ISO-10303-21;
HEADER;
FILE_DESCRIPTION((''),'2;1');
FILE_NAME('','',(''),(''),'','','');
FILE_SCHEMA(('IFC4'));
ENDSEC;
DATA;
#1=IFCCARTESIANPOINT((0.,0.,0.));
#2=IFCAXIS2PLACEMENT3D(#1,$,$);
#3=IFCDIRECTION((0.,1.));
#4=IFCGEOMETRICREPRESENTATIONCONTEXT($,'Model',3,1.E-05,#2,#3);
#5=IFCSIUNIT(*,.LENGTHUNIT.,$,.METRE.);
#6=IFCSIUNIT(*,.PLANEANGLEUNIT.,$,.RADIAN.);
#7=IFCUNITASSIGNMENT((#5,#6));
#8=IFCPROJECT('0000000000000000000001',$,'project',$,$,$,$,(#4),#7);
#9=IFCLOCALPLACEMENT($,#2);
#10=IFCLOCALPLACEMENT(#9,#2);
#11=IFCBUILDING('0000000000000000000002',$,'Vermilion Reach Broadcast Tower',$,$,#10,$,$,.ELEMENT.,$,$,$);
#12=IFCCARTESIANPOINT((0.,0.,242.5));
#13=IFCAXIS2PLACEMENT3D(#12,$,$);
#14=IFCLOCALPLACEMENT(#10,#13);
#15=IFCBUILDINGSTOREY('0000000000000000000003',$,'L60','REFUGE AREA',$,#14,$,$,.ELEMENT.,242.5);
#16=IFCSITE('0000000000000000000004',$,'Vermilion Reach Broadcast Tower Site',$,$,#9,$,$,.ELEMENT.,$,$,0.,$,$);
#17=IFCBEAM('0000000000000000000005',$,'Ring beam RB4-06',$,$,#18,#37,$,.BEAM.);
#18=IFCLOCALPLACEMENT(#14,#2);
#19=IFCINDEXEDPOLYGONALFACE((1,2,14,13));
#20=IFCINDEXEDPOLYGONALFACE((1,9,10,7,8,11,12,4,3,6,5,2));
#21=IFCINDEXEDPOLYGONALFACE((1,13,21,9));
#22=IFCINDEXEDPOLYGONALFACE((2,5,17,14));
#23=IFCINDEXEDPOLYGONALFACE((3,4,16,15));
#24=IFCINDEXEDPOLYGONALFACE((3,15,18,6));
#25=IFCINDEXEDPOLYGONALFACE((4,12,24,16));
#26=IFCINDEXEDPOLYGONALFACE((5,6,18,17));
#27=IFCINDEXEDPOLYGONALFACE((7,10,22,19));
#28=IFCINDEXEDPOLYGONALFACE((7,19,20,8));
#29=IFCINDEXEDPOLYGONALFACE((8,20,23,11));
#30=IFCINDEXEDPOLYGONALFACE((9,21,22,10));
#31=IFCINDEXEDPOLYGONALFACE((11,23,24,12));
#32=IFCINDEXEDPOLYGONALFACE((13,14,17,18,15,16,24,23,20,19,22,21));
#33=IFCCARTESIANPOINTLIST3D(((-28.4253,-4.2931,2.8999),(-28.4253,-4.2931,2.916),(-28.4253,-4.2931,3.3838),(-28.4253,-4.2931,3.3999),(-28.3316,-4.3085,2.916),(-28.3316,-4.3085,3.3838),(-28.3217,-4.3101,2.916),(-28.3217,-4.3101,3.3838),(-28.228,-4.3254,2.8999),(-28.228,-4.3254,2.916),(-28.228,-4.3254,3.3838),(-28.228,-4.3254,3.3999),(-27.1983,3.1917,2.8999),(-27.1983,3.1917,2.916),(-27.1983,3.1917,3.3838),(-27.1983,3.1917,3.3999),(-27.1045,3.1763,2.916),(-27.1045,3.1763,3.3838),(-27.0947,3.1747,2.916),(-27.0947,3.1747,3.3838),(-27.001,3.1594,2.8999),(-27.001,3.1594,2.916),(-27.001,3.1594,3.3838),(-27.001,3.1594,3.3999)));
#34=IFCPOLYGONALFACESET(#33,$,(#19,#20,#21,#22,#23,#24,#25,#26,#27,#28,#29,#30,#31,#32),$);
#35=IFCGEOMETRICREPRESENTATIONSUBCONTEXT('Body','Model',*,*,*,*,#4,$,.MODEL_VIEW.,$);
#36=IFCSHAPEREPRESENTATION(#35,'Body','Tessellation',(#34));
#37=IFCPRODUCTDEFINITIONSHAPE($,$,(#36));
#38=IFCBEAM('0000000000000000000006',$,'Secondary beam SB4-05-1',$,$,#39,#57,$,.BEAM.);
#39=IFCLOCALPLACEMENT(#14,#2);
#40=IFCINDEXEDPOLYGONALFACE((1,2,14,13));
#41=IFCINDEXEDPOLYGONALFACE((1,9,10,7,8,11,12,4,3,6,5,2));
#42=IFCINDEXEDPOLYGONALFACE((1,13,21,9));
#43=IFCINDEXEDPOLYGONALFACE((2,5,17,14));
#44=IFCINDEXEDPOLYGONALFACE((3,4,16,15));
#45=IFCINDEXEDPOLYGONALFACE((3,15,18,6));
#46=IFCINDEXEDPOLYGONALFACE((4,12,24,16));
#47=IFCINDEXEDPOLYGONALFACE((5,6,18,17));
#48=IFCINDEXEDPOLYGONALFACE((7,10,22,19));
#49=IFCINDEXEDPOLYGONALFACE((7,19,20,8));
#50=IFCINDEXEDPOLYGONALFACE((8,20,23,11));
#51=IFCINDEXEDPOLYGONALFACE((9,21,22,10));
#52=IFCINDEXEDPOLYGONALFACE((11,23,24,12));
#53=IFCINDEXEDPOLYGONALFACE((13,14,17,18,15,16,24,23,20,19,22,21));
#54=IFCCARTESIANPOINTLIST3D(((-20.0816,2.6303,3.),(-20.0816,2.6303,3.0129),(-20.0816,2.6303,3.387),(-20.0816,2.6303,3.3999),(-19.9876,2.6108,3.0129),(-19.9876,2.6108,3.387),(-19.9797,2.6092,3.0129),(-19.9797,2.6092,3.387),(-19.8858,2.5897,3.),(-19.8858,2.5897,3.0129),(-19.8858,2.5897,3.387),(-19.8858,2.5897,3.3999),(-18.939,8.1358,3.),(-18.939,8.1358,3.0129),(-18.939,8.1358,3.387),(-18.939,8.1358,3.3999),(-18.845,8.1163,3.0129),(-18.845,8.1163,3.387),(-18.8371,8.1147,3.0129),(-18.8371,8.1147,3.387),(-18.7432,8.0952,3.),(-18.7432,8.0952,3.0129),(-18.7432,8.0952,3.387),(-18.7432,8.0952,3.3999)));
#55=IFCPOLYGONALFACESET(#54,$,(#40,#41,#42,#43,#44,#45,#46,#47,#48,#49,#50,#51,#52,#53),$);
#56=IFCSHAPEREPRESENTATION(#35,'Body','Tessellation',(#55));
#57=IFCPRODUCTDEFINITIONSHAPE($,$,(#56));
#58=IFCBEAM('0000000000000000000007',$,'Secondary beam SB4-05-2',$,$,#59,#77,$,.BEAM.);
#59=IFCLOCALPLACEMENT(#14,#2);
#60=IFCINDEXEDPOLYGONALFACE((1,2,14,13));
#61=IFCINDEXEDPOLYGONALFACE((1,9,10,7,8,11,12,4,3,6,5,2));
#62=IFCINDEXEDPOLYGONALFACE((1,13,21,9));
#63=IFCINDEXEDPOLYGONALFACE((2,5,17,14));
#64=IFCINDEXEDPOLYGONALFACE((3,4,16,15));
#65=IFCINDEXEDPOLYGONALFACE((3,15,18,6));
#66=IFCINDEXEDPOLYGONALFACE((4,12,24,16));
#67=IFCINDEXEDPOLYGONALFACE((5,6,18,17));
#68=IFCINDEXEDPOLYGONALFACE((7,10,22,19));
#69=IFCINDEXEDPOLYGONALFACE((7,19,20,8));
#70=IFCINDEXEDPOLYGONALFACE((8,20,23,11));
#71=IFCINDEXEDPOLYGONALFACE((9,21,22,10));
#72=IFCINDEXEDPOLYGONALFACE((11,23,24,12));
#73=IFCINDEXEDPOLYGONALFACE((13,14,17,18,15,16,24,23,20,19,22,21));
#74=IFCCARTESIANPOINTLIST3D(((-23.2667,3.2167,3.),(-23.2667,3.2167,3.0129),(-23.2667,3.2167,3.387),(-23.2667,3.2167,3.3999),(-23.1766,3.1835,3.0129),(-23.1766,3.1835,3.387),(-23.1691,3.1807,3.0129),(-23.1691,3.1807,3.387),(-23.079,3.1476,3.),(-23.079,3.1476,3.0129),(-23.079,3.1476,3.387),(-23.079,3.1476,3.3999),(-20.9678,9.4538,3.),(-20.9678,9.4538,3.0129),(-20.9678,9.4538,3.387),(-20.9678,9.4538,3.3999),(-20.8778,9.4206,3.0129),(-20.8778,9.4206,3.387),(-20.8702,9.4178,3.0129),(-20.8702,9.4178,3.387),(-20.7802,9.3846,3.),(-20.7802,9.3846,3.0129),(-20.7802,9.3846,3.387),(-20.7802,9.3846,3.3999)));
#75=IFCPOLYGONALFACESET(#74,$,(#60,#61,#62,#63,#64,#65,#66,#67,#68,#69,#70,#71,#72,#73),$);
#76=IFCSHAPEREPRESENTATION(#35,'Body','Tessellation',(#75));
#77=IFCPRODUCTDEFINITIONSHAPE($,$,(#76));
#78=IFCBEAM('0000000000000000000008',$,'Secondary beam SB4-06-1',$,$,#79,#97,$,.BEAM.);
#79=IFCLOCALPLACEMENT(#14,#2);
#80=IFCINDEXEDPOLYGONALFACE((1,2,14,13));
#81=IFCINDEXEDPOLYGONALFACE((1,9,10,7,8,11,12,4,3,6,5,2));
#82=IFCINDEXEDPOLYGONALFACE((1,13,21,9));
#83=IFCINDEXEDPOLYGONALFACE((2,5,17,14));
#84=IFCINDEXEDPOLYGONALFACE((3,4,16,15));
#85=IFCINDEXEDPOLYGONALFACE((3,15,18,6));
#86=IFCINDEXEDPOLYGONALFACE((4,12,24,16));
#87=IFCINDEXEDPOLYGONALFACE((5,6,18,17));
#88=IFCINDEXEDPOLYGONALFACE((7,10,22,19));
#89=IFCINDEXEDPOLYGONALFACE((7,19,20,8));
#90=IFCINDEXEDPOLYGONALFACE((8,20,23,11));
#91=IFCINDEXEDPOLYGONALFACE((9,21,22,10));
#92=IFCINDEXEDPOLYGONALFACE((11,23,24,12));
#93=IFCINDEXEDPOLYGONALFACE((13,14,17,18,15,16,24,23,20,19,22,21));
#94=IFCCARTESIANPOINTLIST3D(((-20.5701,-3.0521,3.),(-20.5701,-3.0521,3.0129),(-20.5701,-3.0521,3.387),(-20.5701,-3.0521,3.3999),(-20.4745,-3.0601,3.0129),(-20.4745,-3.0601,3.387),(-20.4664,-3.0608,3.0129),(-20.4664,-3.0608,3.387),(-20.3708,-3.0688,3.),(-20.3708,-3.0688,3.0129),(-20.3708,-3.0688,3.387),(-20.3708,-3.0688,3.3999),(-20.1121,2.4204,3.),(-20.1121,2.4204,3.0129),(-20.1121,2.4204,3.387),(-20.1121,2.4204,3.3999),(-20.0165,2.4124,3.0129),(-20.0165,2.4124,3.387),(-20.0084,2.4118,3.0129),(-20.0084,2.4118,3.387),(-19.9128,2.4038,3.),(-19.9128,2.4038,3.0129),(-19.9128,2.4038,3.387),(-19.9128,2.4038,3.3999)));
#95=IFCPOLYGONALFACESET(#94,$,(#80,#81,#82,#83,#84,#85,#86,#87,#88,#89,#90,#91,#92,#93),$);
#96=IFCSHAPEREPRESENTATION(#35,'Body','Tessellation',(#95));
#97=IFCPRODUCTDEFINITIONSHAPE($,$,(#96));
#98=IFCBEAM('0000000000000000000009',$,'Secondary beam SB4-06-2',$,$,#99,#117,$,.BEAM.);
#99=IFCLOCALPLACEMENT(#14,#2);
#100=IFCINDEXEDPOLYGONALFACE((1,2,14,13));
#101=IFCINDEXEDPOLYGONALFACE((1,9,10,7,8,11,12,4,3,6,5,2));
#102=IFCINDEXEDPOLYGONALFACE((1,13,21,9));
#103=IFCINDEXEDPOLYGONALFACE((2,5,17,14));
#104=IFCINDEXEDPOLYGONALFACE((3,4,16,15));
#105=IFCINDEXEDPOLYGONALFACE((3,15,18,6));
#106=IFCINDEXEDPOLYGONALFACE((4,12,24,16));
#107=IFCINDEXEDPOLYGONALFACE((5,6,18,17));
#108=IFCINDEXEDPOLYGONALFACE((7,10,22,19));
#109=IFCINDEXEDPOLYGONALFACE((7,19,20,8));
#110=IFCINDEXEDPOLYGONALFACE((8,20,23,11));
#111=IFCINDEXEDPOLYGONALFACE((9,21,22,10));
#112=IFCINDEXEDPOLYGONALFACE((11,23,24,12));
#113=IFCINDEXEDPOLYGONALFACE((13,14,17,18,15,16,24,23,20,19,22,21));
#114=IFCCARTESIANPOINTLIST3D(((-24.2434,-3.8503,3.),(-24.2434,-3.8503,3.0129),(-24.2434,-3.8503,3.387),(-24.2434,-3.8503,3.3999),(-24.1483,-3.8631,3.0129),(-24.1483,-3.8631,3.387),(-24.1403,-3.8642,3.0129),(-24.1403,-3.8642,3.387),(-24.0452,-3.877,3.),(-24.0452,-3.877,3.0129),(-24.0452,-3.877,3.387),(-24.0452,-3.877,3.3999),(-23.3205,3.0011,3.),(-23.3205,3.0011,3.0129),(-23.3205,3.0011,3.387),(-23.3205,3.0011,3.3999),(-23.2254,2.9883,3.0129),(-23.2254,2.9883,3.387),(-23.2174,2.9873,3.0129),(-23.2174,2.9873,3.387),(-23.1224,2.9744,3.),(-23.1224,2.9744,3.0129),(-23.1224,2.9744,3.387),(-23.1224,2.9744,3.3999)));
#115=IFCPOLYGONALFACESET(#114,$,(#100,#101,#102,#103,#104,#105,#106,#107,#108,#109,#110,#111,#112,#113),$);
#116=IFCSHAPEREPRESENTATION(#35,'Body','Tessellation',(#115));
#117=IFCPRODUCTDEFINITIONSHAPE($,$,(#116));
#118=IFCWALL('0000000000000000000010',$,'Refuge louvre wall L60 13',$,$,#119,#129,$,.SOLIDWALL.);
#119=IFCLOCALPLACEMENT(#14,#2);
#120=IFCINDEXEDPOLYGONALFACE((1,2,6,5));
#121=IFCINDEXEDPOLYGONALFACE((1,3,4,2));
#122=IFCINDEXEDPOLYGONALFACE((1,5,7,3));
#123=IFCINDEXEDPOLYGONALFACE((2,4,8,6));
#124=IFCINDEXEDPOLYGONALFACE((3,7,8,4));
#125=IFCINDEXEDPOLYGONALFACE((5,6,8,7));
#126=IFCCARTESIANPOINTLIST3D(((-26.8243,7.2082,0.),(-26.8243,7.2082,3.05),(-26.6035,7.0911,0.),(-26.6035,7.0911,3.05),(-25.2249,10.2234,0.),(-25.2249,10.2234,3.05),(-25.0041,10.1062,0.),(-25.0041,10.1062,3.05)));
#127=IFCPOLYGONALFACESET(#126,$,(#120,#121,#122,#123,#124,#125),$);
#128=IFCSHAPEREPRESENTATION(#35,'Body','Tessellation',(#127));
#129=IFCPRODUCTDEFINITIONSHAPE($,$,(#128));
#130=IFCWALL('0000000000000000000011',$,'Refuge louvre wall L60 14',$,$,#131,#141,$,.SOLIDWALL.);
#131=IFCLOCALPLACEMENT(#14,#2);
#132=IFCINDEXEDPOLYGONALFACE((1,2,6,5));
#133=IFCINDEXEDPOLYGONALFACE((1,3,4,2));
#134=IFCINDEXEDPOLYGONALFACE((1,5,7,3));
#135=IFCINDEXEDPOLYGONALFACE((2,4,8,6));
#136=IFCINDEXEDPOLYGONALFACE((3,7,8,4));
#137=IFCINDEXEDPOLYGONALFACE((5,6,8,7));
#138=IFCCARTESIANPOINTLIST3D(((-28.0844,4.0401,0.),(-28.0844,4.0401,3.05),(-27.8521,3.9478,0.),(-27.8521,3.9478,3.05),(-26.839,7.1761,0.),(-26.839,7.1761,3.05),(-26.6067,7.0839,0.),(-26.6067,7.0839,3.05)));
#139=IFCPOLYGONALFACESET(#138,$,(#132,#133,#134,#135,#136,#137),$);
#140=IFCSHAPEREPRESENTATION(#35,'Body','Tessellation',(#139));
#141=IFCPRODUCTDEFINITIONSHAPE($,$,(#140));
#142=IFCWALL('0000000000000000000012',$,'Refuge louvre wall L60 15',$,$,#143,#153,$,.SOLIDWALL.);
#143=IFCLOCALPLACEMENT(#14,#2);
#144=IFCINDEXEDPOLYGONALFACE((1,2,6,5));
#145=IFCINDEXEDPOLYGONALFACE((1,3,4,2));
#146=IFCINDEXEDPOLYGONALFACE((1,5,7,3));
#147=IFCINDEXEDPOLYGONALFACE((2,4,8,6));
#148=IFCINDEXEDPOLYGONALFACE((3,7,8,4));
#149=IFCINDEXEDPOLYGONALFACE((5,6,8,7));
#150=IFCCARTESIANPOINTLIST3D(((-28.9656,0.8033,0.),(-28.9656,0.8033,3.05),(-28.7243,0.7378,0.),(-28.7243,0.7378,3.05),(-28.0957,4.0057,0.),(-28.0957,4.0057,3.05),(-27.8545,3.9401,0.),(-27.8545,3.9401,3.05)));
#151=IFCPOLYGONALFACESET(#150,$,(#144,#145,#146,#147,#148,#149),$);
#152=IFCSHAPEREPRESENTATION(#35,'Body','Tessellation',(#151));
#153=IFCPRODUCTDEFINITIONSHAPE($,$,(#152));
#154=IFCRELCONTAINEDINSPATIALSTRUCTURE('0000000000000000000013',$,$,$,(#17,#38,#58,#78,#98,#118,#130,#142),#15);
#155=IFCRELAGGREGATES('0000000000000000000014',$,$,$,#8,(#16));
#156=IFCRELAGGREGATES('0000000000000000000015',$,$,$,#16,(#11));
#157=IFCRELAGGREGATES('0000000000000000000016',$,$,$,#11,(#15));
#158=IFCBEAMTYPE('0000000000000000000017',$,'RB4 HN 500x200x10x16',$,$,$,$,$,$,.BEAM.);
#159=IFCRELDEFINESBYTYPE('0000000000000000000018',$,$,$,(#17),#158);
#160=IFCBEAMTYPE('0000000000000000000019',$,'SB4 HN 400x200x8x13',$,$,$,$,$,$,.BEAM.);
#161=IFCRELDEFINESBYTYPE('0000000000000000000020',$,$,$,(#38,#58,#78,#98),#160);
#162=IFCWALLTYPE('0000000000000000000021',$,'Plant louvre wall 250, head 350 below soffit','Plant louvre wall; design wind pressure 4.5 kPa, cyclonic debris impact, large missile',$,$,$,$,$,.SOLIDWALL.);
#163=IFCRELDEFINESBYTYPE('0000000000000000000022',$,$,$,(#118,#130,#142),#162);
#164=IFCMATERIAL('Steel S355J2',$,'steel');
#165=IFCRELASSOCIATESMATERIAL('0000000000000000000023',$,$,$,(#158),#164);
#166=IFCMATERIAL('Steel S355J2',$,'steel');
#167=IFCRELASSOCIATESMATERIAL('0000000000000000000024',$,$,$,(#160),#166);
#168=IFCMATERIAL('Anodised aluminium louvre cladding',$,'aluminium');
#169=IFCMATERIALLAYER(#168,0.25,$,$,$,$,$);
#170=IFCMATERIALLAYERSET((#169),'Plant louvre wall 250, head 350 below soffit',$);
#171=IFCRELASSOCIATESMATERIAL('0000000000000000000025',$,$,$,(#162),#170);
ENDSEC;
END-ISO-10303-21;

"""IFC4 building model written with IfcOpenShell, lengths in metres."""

from ifc_helpers import new_model, si_unit, direction, frame, frame_2d, origin, origin_2d, place, context, subcontext, project, spatial, rectangle, i_section, extrude, material, layer, layer_set, material_profile, profile_set, type_object, element, save


model = new_model("IFC4")

# Units and contexts
model_context = context("Model", 3, precision=1e-05, world=origin(), true_north=direction((0.0, 1.0)))
body_context = subcontext(model_context, "Body", "Model", "MODEL_VIEW")
ifc_project = project(units=[si_unit("LENGTHUNIT", "METRE"), si_unit("PLANEANGLEUNIT", "RADIAN")], contexts=[model_context])

# Site, building, storey
site_placement = place(None, origin())
site = spatial("IfcSite", under=ifc_project, at=site_placement, Name="Vermilion Reach Broadcast Tower Site", CompositionType="ELEMENT", RefElevation=0.0)
building_placement = place(site_placement, origin())
building = spatial("IfcBuilding", under=site, at=building_placement, Name="Vermilion Reach Broadcast Tower", CompositionType="ELEMENT")
storey_placement = place(building_placement, frame((0.0, 0.0, 242.5)))
storey = spatial("IfcBuildingStorey", under=building, at=storey_placement, Name="L60", Description="REFUGE AREA", CompositionType="ELEMENT", Elevation=242.5)

# Beams
ifc_material_1 = material(Name="Steel S355J2", Category="steel")
ifc_material_profile_1 = material_profile(ifc_material_1, i_section(OverallWidth=0.2, OverallDepth=0.5, WebThickness=0.01, FlangeThickness=0.0161, at=origin_2d()), Name="S355J2 HN 500x200x10x16")
ifc_profile_set_1 = profile_set([ifc_material_profile_1], Name="Steel S355J2")
beam_type_1 = type_object("IfcBeamType", Name="RB4 HN 500x200x10x16", PredefinedType="BEAM", material=ifc_profile_set_1)
beam_1_placement = place(storey_placement, frame((-27.0996, 3.1755, 3.1499), z_axis=(-0.161778, -0.986827, 0.0), x_axis=(0.986827, -0.161778, 0.0)))
element("IfcBeam", 1, at=beam_1_placement, inside=storey, type_object=beam_type_1, Name="Ring beam RB4-06", PredefinedType="BEAM", context=body_context, shape_type="SweptSolid", body=[
    extrude(i_section(OverallWidth=0.2, OverallDepth=0.5, WebThickness=0.01, FlangeThickness=0.0161, at=origin_2d()), origin(), (0.0, 0.0, 1.0), 7.5847),
])
ifc_material_2 = material(Name="Steel S355J2", Category="steel")
ifc_material_profile_2 = material_profile(ifc_material_2, i_section(OverallWidth=0.2, OverallDepth=0.3999, WebThickness=0.0081, FlangeThickness=0.0129, at=origin_2d()), Name="S355J2 HN 400x200x8x13")
ifc_profile_set_2 = profile_set([ifc_material_profile_2], Name="Steel S355J2")
beam_type_2 = type_object("IfcBeamType", Name="SB4 HN 400x200x8x13", PredefinedType="BEAM", material=ifc_profile_set_2)
beam_2_placement = place(storey_placement, frame((-18.8411, 8.1155, 3.2), z_axis=(-0.203209, -0.979135, 0.0), x_axis=(0.979135, -0.203209, 0.0)))
element("IfcBeam", 2, at=beam_2_placement, inside=storey, type_object=beam_type_2, Name="Secondary beam SB4-05-1", PredefinedType="BEAM", context=body_context, shape_type="SweptSolid", body=[
    extrude(i_section(OverallWidth=0.2, OverallDepth=0.3999, WebThickness=0.0081, FlangeThickness=0.0129, at=origin_2d()), origin(), (0.0, 0.0, 1.0), 5.6228),
])
beam_3_placement = place(storey_placement, frame((-20.874, 9.4192, 3.2), z_axis=(-0.345833, -0.938296, 0.0), x_axis=(0.938296, -0.345833, 0.0)))
element("IfcBeam", 3, at=beam_3_placement, inside=storey, type_object=beam_type_2, Name="Secondary beam SB4-05-2", PredefinedType="BEAM", context=body_context, shape_type="SweptSolid", body=[
    extrude(i_section(OverallWidth=0.2, OverallDepth=0.3999, WebThickness=0.0081, FlangeThickness=0.0129, at=origin_2d()), origin(), (0.0, 0.0, 1.0), 6.6472),
])
beam_4_placement = place(storey_placement, frame((-20.0125, 2.4121, 3.2), z_axis=(-0.083399, -0.996516, 0.0), x_axis=(0.996516, -0.083399, 0.0)))
element("IfcBeam", 4, at=beam_4_placement, inside=storey, type_object=beam_type_2, Name="Secondary beam SB4-06-1", PredefinedType="BEAM", context=body_context, shape_type="SweptSolid", body=[
    extrude(i_section(OverallWidth=0.2, OverallDepth=0.3999, WebThickness=0.0081, FlangeThickness=0.0129, at=origin_2d()), origin(), (0.0, 0.0, 1.0), 5.4917),
])
beam_5_placement = place(storey_placement, frame((-23.2214, 2.9878, 3.2), z_axis=(-0.133487, -0.991051, 0.0), x_axis=(0.991051, -0.133487, 0.0)))
element("IfcBeam", 5, at=beam_5_placement, inside=storey, type_object=beam_type_2, Name="Secondary beam SB4-06-2", PredefinedType="BEAM", context=body_context, shape_type="SweptSolid", body=[
    extrude(i_section(OverallWidth=0.2, OverallDepth=0.3999, WebThickness=0.0081, FlangeThickness=0.0129, at=origin_2d()), origin(), (0.0, 0.0, 1.0), 6.9133),
])

# Walls
ifc_material_3 = material(Name="Anodised aluminium louvre cladding", Category="aluminium")
ifc_layer = layer(ifc_material_3, 0.25)
ifc_layer_set = layer_set([ifc_layer], Name="Plant louvre wall 250, head 350 below soffit")
wall_type = type_object("IfcWallType", Name="Plant louvre wall 250, head 350 below soffit", Description="Plant louvre wall; design wind pressure 4.5 kPa, cyclonic debris impact, large missile", PredefinedType="SOLIDWALL", material=ifc_layer_set)
wall_1_placement = place(storey_placement, frame((-25.1145, 10.1648, 0.0), z_axis=(0.0, 0.0, 1.0), x_axis=(-0.468601, -0.88341, 0.0)))
element("IfcWall", 6, at=wall_1_placement, inside=storey, type_object=wall_type, Name="Refuge louvre wall L60 13", PredefinedType="SOLIDWALL", context=body_context, shape_type="SweptSolid", body=[
    extrude(rectangle(XDim=3.4131, YDim=0.25, at=frame_2d((1.7065, 0.0))), origin(), (0.0, 0.0, 1.0), 3.05),
])
wall_2_placement = place(storey_placement, frame((-26.7229, 7.1299, 0.0), z_axis=(0.0, 0.0, 1.0), x_axis=(-0.369082, -0.929397, 0.0)))
element("IfcWall", 7, at=wall_2_placement, inside=storey, type_object=wall_type, Name="Refuge louvre wall L60 14", PredefinedType="SOLIDWALL", context=body_context, shape_type="SweptSolid", body=[
    extrude(rectangle(XDim=3.3743, YDim=0.25, at=frame_2d((1.687, 0.0))), origin(), (0.0, 0.0, 1.0), 3.05),
])
wall_3_placement = place(storey_placement, frame((-27.9751, 3.9729, 0.0), z_axis=(0.0, 0.0, 1.0), x_axis=(-0.262134, -0.965032, 0.0)))
element("IfcWall", 8, at=wall_3_placement, inside=storey, type_object=wall_type, Name="Refuge louvre wall L60 15", PredefinedType="SOLIDWALL", context=body_context, shape_type="SweptSolid", body=[
    extrude(rectangle(XDim=3.3184, YDim=0.25, at=frame_2d((1.6592, 0.0))), origin(), (0.0, 0.0, 1.0), 3.05),
])

save(model, "model.ifc")
